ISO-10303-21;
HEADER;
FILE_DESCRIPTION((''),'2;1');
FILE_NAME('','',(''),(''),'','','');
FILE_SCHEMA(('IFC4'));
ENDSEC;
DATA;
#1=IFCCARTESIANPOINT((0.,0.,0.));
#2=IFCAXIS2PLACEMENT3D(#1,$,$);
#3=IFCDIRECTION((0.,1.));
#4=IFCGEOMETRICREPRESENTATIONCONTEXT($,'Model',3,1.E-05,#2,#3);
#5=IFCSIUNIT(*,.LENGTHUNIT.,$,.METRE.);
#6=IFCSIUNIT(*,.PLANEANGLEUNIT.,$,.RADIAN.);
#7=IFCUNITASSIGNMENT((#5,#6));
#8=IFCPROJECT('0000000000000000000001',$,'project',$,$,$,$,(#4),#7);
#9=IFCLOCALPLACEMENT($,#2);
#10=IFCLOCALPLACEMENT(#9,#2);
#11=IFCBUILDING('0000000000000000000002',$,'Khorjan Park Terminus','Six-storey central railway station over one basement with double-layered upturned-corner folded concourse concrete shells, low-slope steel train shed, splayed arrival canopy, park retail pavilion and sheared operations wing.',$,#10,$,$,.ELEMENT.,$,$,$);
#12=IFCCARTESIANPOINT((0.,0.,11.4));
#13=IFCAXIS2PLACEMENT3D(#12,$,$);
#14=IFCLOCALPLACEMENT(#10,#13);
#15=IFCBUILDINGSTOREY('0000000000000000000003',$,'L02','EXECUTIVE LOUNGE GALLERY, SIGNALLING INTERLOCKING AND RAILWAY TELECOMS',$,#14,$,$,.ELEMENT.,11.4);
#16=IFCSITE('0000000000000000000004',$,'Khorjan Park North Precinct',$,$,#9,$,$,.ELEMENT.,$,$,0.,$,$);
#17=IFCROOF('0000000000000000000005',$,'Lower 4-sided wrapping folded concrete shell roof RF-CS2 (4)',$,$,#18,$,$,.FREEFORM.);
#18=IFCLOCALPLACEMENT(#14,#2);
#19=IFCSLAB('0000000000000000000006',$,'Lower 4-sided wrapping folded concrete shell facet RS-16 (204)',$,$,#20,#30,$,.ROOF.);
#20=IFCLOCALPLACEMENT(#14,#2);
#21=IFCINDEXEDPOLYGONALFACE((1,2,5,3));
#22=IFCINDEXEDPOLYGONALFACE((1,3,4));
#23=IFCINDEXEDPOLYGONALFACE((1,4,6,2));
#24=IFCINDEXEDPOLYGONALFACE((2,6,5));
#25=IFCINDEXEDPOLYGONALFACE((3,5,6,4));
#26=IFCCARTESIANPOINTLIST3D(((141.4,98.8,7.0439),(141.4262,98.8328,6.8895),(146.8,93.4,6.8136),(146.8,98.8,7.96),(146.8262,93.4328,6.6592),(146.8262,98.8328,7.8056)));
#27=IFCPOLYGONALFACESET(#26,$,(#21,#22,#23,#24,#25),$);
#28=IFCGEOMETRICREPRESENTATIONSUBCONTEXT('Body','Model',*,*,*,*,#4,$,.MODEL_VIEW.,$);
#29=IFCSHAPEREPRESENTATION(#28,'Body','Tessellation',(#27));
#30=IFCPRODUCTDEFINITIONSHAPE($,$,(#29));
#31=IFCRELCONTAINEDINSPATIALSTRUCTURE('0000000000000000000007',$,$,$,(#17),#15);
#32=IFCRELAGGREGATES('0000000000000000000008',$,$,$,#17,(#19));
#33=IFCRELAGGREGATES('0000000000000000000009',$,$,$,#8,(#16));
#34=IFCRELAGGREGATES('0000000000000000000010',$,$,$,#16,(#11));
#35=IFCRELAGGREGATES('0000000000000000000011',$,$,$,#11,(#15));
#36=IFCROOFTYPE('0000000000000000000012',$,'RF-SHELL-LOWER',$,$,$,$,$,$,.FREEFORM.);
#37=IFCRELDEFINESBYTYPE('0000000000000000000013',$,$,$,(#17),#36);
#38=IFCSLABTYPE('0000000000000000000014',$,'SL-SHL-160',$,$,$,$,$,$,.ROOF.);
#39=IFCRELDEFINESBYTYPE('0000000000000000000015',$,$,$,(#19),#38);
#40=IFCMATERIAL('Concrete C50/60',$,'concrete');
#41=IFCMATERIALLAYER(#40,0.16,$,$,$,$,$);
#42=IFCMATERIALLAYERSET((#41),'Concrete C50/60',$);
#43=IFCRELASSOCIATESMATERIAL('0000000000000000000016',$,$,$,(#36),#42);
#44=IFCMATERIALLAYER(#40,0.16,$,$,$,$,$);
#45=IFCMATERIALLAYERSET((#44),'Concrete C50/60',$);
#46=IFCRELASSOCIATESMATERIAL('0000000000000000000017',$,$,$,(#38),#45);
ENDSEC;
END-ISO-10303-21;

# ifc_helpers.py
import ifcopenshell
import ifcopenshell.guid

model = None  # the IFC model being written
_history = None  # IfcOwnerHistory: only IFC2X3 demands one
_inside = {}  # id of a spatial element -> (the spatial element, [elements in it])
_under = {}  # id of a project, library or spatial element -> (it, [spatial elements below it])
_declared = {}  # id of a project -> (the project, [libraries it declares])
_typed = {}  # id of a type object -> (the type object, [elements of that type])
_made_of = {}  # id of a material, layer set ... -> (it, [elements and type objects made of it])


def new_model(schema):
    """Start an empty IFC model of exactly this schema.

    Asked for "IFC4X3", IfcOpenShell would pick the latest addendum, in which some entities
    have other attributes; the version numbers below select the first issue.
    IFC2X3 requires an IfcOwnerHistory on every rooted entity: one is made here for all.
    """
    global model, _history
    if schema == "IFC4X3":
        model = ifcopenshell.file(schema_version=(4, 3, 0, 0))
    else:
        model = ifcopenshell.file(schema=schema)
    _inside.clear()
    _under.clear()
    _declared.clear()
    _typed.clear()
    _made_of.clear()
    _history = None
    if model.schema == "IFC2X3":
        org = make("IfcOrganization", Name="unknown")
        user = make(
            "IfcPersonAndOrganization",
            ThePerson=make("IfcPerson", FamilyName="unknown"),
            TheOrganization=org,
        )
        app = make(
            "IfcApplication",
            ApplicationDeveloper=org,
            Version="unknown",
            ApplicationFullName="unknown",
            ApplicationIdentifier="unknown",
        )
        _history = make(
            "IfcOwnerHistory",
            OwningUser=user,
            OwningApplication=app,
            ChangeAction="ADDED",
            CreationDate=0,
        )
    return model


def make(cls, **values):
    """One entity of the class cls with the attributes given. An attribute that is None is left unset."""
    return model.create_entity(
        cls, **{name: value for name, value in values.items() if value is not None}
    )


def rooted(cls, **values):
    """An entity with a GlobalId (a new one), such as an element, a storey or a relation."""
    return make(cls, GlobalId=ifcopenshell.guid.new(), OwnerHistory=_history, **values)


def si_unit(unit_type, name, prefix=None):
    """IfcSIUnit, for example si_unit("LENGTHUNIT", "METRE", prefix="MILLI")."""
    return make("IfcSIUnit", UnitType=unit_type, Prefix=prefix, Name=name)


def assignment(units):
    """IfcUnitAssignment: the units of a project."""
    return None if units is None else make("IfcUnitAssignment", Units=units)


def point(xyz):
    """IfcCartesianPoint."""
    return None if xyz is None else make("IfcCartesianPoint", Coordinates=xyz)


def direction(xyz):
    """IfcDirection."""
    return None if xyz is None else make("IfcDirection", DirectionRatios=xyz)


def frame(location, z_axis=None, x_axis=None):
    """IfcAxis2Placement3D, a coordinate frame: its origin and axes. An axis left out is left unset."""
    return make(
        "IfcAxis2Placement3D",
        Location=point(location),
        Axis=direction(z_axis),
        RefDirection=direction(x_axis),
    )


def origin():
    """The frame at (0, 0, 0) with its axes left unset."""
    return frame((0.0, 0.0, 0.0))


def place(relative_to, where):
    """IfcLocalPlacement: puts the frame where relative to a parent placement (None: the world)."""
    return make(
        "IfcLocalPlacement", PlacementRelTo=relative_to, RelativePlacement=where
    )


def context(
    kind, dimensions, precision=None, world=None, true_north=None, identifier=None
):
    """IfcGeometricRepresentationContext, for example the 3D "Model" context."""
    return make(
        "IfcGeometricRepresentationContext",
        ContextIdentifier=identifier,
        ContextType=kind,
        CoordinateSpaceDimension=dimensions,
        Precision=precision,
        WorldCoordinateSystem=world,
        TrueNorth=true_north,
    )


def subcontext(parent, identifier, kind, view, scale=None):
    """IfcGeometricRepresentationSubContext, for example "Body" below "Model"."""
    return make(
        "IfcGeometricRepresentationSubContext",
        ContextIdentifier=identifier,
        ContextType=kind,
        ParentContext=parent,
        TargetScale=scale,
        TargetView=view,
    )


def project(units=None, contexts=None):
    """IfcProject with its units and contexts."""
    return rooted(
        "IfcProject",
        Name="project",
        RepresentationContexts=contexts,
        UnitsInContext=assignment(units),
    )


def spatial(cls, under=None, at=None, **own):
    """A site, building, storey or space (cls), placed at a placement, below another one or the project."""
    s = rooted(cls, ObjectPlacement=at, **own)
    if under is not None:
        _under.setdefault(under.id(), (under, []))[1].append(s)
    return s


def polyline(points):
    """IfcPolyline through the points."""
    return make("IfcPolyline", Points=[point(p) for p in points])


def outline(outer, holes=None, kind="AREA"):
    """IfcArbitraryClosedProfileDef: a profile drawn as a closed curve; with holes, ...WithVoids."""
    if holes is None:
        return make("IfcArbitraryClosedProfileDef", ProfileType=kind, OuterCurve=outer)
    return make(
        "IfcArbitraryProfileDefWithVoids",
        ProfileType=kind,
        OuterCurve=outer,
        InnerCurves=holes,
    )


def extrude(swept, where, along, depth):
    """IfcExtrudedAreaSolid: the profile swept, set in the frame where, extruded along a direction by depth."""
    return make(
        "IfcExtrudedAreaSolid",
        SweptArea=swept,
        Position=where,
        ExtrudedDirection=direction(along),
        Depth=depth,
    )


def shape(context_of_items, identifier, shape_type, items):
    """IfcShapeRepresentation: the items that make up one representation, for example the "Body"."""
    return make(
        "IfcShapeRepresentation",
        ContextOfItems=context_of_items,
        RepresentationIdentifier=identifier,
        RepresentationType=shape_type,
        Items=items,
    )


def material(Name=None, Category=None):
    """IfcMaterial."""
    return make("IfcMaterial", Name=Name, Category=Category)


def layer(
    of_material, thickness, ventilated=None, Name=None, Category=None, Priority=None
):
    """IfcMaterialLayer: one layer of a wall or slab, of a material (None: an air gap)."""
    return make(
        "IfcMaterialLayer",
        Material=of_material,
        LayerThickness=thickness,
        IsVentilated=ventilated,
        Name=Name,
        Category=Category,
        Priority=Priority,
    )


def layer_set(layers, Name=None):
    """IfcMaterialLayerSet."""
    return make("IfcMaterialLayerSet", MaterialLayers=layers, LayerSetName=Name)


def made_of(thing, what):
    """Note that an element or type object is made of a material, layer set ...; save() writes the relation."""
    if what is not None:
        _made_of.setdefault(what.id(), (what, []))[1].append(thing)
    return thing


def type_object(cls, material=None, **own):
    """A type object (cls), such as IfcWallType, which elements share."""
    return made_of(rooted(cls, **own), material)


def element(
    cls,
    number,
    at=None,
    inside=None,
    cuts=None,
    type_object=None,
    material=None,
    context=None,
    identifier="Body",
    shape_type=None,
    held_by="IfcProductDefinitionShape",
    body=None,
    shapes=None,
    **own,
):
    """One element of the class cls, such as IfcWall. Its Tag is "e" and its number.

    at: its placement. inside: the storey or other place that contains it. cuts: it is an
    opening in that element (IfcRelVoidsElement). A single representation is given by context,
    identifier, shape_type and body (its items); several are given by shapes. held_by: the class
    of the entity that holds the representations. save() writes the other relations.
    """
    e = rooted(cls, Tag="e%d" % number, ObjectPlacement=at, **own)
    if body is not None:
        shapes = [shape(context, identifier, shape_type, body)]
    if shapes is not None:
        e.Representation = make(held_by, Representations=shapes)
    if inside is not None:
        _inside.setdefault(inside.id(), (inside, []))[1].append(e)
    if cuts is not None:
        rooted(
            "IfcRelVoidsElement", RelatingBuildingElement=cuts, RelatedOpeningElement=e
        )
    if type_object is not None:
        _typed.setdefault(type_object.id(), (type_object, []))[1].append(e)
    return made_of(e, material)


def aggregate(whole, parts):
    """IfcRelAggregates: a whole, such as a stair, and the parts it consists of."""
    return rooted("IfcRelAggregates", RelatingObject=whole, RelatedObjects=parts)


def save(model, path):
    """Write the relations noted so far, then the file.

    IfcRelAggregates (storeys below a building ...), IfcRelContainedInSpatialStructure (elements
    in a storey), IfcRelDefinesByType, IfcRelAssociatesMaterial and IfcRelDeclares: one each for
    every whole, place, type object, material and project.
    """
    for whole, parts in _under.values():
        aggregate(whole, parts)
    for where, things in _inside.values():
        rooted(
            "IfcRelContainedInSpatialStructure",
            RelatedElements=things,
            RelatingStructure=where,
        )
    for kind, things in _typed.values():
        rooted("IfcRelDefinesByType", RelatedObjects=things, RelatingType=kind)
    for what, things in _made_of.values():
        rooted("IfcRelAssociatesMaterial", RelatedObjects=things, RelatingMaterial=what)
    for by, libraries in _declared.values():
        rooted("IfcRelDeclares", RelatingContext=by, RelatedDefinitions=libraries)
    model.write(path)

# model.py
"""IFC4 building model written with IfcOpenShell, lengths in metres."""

from ifc_helpers import new_model, si_unit, direction, frame, origin, place, context, subcontext, project, spatial, polyline, outline, extrude, material, layer, layer_set, type_object, element, aggregate, save


model = new_model("IFC4")

# Units and contexts
model_context = context("Model", 3, precision=1e-05, world=origin(), true_north=direction((0.0, 1.0)))
body_context = subcontext(model_context, "Body", "Model", "MODEL_VIEW")
ifc_project = project(units=[si_unit("LENGTHUNIT", "METRE"), si_unit("PLANEANGLEUNIT", "RADIAN")], contexts=[model_context])

# Site, building, storey
site_placement = place(None, origin())
site = spatial("IfcSite", under=ifc_project, at=site_placement, Name="Khorjan Park North Precinct", CompositionType="ELEMENT", RefElevation=0.0)
building_placement = place(site_placement, origin())
building = spatial("IfcBuilding", under=site, at=building_placement, Name="Khorjan Park Terminus", Description="Six-storey central railway station over one basement with double-layered upturned-corner folded concourse concrete shells, low-slope steel train shed, splayed arrival canopy, park retail pavilion and sheared operations wing.", CompositionType="ELEMENT")
storey_placement = place(building_placement, frame((0.0, 0.0, 11.4)))
storey = spatial("IfcBuildingStorey", under=building, at=storey_placement, Name="L02", Description="EXECUTIVE LOUNGE GALLERY, SIGNALLING INTERLOCKING AND RAILWAY TELECOMS", CompositionType="ELEMENT", Elevation=11.4)

# Shared definitions
ifc_material_1 = material(Name="Concrete C50/60", Category="concrete")

# Roof, slab
ifc_layer_1 = layer(ifc_material_1, 0.16)
ifc_layer_set_1 = layer_set([ifc_layer_1], Name="Concrete C50/60")
roof_type = type_object("IfcRoofType", Name="RF-SHELL-LOWER", PredefinedType="FREEFORM", material=ifc_layer_set_1)
roof_placement = place(storey_placement, origin())
roof = element("IfcRoof", 1, at=roof_placement, inside=storey, type_object=roof_type, Name="Lower 4-sided wrapping folded concrete shell roof RF-CS2 (4)", PredefinedType="FREEFORM")
ifc_layer_2 = layer(ifc_material_1, 0.16)
ifc_layer_set_2 = layer_set([ifc_layer_2], Name="Concrete C50/60")
slab_type = type_object("IfcSlabType", Name="SL-SHL-160", PredefinedType="ROOF", material=ifc_layer_set_2)
slab_1_placement = place(storey_placement, frame((146.8, 93.4, 6.8136), z_axis=(-0.163711, -0.204866, 0.965002), x_axis=(0.0, 0.978199, 0.207668)))
slab_1 = element("IfcSlab", 2, at=slab_1_placement, type_object=slab_type, Name="Lower 4-sided wrapping folded concrete shell facet RS-16 (204)", PredefinedType="ROOF", context=body_context, shape_type="SweptSolid", body=[
    extrude(outline(polyline([(0.0, 0.0), (5.5203, 0.0), (5.3301, 5.4739), (0.0, 0.0)])), origin(), (0.0, 0.0, -1.0), 0.16),
])
aggregate(roof, [slab_1])

save(model, "model.ifc")
